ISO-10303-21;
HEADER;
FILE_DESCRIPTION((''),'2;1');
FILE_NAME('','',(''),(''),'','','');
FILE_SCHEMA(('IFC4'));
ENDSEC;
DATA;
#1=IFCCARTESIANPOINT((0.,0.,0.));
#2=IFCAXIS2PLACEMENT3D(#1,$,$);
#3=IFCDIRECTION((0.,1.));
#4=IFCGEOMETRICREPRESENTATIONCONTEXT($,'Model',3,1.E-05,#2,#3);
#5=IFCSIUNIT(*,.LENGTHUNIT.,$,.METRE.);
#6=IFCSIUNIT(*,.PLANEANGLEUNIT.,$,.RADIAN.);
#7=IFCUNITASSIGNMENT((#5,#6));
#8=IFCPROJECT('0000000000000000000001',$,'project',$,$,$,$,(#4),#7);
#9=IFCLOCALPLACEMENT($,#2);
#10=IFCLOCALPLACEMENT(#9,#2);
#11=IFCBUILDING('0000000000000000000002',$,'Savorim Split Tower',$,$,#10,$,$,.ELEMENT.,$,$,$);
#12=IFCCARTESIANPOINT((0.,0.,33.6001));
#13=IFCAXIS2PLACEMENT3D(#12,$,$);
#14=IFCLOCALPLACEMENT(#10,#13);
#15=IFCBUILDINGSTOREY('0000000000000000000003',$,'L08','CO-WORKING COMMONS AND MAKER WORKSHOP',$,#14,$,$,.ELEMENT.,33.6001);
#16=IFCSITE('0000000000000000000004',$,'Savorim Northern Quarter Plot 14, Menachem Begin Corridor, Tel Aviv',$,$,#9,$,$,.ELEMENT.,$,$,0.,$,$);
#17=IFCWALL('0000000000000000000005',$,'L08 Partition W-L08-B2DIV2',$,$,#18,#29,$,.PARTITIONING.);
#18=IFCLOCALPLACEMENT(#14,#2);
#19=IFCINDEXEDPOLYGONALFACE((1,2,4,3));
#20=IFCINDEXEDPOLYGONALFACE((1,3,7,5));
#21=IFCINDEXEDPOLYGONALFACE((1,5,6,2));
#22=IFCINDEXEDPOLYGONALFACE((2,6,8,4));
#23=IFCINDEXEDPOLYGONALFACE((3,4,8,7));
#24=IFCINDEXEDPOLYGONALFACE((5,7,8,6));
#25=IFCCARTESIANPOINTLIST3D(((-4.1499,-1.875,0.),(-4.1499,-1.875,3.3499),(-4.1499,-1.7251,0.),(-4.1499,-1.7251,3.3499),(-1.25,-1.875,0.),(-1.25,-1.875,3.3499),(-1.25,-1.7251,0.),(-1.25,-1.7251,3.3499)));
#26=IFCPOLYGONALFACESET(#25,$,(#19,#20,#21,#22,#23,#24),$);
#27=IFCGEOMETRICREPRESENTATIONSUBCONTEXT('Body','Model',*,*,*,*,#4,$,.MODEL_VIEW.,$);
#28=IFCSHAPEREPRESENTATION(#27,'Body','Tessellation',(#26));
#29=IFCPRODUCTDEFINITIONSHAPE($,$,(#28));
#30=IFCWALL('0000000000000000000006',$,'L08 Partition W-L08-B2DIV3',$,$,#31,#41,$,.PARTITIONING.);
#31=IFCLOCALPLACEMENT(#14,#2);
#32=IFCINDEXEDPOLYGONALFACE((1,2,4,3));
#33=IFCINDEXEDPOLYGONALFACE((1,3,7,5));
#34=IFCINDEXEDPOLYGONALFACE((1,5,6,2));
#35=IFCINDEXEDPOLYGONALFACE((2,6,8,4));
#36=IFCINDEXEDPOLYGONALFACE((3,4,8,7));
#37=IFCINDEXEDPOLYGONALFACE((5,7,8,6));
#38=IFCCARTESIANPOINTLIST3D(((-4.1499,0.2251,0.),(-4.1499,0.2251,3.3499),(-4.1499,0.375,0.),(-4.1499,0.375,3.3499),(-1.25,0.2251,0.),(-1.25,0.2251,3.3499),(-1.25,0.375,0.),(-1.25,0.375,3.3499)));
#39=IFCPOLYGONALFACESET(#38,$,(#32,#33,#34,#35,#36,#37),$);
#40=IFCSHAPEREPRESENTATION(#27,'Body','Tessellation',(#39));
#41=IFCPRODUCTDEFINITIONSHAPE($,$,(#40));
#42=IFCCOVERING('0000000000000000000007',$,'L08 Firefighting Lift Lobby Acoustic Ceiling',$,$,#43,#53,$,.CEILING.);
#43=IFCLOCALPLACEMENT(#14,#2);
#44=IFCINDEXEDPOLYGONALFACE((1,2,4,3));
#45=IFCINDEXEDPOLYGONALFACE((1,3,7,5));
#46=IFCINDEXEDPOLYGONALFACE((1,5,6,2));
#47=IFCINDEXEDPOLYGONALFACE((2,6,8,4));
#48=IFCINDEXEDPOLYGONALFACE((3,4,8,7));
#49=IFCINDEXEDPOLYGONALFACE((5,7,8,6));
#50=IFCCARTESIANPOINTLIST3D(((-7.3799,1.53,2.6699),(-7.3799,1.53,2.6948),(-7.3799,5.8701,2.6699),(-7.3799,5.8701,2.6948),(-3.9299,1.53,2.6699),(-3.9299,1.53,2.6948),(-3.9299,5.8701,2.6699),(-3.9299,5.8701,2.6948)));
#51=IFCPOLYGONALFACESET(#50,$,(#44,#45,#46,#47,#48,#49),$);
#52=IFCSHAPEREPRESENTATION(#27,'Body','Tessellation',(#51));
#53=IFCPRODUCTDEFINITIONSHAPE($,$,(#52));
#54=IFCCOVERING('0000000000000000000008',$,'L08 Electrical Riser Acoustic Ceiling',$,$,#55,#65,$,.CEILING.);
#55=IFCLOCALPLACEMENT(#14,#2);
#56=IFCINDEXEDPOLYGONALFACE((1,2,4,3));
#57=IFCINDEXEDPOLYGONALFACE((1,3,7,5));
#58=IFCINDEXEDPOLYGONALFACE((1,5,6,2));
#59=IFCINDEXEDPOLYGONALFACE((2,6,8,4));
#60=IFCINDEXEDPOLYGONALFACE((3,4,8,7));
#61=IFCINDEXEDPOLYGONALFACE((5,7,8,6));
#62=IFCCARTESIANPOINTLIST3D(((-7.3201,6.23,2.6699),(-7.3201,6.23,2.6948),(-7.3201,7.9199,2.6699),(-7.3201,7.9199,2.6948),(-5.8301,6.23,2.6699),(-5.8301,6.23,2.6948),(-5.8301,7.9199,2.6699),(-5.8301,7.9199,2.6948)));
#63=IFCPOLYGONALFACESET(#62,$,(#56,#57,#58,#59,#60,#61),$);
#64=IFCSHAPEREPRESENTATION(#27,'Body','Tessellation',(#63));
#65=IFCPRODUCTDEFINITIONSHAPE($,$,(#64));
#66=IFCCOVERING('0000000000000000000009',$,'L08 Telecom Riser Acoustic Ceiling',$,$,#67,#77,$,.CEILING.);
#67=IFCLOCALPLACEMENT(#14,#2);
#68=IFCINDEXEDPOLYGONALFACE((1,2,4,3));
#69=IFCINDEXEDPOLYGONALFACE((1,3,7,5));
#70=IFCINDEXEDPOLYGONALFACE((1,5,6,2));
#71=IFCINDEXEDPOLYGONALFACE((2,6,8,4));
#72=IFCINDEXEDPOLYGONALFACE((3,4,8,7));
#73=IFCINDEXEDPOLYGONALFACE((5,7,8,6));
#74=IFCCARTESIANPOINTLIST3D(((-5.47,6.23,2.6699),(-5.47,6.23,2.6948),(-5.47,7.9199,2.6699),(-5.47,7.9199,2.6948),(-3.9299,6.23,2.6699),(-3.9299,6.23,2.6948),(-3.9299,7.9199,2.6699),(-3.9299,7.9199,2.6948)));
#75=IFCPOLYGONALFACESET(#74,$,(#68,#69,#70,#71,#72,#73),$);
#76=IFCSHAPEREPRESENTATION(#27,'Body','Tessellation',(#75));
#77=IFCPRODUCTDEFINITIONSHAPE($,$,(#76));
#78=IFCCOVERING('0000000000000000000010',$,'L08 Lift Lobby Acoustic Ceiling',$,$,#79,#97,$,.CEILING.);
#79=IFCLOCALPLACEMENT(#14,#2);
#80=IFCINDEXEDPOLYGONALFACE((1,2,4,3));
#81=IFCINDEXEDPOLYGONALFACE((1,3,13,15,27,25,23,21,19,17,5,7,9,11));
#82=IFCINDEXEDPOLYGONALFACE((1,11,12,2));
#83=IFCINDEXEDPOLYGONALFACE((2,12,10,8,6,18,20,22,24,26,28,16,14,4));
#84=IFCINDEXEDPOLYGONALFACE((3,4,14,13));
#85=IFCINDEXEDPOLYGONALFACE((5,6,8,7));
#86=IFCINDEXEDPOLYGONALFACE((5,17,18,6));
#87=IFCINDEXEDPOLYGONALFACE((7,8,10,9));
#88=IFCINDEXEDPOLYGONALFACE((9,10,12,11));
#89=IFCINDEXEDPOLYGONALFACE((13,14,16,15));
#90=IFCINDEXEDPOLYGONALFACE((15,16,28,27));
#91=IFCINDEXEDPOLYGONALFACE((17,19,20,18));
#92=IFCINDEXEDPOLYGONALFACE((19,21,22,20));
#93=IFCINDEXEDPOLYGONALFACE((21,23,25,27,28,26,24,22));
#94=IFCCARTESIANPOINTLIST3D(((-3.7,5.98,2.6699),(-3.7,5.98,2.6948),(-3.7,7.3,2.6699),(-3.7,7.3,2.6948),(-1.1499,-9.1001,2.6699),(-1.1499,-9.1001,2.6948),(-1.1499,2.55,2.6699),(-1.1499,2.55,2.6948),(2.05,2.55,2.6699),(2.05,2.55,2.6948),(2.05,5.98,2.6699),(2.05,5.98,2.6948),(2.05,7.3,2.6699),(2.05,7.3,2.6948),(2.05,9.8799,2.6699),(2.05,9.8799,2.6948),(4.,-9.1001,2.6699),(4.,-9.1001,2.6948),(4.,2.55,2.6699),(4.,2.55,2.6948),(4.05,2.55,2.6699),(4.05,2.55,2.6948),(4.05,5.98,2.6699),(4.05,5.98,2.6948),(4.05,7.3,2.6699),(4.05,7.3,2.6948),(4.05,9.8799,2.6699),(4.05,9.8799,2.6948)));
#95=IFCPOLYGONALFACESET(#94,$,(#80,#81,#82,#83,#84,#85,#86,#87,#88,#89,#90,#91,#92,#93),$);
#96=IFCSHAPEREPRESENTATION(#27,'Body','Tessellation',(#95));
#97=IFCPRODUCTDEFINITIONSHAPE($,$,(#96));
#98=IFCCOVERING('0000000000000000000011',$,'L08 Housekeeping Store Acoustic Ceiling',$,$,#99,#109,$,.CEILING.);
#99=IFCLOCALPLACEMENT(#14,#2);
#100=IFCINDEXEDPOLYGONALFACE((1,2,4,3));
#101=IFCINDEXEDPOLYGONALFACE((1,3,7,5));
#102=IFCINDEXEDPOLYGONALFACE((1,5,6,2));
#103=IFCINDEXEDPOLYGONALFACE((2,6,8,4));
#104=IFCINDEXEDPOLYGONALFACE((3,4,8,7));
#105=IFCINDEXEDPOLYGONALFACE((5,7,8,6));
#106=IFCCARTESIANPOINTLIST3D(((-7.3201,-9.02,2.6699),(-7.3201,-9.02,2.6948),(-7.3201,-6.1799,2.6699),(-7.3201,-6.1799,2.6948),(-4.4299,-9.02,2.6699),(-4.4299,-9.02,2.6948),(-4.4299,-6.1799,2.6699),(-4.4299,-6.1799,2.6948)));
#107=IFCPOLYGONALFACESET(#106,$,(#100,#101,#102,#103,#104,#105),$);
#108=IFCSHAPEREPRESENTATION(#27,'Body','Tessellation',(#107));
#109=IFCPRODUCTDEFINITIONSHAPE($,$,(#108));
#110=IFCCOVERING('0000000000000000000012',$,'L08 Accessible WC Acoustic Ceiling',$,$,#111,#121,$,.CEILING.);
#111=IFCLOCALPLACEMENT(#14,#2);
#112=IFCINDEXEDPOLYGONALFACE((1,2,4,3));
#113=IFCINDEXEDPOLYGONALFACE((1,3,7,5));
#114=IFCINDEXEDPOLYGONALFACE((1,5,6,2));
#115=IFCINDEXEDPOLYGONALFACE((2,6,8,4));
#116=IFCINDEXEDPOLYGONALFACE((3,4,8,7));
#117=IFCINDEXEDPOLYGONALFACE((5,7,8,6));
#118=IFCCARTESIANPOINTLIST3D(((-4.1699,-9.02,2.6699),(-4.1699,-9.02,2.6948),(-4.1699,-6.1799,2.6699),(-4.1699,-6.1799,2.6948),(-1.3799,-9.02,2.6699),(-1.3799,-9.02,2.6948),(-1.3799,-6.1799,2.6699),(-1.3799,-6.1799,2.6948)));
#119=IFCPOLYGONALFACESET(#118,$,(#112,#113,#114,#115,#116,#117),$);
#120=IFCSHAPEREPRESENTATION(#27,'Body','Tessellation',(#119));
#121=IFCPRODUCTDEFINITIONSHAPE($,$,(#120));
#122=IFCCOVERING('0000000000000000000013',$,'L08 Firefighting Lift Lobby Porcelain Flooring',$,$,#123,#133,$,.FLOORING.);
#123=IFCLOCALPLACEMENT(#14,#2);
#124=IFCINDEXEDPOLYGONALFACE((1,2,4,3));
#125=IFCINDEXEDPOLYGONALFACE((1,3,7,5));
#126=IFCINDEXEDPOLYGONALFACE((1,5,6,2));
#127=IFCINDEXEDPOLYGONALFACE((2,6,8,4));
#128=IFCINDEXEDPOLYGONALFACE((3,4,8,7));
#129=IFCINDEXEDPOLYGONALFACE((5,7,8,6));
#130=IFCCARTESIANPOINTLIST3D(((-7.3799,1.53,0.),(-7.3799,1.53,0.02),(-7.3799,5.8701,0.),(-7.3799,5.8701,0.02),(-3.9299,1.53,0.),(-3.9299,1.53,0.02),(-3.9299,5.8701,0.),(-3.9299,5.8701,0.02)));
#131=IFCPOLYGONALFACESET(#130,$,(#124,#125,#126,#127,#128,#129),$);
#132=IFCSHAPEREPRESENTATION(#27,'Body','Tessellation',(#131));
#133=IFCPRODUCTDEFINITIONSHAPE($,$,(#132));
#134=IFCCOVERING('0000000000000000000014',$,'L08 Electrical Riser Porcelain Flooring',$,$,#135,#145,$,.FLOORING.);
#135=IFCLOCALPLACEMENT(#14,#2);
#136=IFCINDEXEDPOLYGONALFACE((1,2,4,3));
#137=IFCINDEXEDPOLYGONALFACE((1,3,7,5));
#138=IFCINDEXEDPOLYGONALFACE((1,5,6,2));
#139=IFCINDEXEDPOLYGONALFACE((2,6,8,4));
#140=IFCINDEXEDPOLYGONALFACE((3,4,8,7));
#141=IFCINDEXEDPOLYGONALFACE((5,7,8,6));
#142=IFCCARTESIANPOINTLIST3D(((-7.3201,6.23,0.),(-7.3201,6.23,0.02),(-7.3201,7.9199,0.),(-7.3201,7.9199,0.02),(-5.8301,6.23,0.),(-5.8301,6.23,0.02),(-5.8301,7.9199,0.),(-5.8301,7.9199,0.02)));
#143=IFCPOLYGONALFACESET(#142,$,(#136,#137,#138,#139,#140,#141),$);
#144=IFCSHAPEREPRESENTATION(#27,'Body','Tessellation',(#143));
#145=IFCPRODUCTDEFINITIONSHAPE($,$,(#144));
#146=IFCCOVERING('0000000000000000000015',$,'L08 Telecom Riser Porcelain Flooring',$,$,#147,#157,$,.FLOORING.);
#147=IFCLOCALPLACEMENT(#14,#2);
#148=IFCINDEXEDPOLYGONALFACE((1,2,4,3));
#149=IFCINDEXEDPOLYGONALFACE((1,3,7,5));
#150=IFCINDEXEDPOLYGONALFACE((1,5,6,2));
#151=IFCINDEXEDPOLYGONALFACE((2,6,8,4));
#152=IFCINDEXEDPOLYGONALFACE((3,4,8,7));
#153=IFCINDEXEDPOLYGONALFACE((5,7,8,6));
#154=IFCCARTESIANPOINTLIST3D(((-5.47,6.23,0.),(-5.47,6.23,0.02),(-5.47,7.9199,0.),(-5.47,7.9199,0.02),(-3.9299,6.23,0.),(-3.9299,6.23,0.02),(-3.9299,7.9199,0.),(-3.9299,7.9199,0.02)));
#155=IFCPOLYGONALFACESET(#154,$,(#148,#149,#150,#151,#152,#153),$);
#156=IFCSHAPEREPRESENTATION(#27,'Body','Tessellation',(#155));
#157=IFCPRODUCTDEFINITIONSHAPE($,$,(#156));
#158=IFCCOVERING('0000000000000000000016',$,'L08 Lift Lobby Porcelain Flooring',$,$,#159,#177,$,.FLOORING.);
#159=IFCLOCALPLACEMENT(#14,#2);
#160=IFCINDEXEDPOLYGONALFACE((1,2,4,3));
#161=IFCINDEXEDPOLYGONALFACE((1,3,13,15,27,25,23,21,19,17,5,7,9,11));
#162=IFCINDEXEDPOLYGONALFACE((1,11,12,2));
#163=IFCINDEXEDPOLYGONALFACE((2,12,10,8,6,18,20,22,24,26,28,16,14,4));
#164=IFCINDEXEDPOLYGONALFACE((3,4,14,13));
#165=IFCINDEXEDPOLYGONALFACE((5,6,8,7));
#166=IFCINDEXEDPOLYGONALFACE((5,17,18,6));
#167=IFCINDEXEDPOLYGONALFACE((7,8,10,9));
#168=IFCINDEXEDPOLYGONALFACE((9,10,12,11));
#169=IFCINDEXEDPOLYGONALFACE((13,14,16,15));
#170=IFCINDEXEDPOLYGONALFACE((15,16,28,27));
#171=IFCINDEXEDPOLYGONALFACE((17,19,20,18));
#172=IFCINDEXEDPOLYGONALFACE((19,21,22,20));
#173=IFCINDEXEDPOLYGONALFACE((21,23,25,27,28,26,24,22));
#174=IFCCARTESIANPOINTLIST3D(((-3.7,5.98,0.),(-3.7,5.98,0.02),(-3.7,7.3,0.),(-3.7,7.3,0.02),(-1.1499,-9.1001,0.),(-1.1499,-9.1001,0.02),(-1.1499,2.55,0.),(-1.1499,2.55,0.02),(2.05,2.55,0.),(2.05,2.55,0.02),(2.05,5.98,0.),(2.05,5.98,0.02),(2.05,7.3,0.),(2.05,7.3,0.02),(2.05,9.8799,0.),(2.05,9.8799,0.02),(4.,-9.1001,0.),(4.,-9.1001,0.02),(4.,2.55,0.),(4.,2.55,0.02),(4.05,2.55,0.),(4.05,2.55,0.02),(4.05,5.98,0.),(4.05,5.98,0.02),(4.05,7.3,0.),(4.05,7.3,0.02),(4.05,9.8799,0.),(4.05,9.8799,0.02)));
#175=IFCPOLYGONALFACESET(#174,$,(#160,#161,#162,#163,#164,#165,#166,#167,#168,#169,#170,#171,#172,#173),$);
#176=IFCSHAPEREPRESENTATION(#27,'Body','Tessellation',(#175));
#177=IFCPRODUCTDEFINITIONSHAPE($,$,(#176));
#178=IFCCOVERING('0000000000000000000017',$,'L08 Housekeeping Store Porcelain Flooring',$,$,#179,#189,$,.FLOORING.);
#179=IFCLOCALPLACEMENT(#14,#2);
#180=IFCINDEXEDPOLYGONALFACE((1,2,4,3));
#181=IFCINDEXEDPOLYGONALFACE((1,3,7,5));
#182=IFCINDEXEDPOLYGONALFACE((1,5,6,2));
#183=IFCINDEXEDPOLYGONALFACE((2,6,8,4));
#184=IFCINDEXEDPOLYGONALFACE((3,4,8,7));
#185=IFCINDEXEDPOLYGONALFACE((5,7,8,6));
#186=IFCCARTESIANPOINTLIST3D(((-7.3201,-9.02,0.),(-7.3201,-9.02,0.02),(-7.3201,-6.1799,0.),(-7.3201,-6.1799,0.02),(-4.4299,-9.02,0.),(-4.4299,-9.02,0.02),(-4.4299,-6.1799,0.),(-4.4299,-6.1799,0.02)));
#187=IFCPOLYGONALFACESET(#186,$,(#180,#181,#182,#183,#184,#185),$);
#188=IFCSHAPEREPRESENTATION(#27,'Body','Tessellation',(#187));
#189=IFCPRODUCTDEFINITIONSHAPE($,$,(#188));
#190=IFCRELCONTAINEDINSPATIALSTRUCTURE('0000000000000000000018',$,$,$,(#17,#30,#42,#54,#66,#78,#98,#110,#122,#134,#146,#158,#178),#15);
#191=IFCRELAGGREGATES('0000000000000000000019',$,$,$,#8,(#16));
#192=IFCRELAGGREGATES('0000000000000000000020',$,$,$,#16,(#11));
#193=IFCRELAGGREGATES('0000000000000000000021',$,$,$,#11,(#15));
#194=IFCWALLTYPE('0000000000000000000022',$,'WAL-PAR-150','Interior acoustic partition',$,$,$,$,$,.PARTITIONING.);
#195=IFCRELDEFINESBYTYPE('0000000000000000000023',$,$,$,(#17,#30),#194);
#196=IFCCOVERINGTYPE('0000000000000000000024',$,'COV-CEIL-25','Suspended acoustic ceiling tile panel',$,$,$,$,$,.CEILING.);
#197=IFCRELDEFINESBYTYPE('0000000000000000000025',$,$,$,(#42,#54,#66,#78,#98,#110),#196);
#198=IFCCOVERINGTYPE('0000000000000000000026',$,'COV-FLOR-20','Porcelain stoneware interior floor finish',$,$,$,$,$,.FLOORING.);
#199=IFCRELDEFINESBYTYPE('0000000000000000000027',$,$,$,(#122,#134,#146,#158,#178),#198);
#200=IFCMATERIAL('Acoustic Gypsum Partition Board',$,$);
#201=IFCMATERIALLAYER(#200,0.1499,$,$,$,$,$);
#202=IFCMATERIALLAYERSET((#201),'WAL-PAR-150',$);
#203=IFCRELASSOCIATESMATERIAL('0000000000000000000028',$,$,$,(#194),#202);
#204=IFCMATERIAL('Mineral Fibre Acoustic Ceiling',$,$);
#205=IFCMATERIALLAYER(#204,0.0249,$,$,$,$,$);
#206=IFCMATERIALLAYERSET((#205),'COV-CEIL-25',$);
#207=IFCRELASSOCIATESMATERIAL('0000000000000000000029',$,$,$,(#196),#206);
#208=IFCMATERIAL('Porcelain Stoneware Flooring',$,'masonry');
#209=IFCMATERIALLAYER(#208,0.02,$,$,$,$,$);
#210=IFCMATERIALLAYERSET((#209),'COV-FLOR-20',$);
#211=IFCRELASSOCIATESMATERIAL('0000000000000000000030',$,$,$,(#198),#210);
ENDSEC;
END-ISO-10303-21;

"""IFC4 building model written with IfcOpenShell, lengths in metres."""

from ifc_helpers import new_model, si_unit, direction, frame, frame_2d, origin, place, context, subcontext, project, spatial, polyline, rectangle, outline, extrude, material, layer, layer_set, type_object, element, save


model = new_model("IFC4")

# Units and contexts
model_context = context("Model", 3, precision=1e-05, world=origin(), true_north=direction((0.0, 1.0)))
body_context = subcontext(model_context, "Body", "Model", "MODEL_VIEW")
ifc_project = project(units=[si_unit("LENGTHUNIT", "METRE"), si_unit("PLANEANGLEUNIT", "RADIAN")], contexts=[model_context])

# Site, building, storey
site_placement = place(None, origin())
site = spatial("IfcSite", under=ifc_project, at=site_placement, Name="Savorim Northern Quarter Plot 14, Menachem Begin Corridor, Tel Aviv", CompositionType="ELEMENT", RefElevation=0.0)
building_placement = place(site_placement, origin())
building = spatial("IfcBuilding", under=site, at=building_placement, Name="Savorim Split Tower", CompositionType="ELEMENT")
storey_placement = place(building_placement, frame((0.0, 0.0, 33.6001)))
storey = spatial("IfcBuildingStorey", under=building, at=storey_placement, Name="L08", Description="CO-WORKING COMMONS AND MAKER WORKSHOP", CompositionType="ELEMENT", Elevation=33.6001)

# Walls
ifc_material_1 = material(Name="Acoustic Gypsum Partition Board")
ifc_layer_1 = layer(ifc_material_1, 0.1499)
ifc_layer_set_1 = layer_set([ifc_layer_1], Name="WAL-PAR-150")
wall_type_1 = type_object("IfcWallType", Name="WAL-PAR-150", Description="Interior acoustic partition", PredefinedType="PARTITIONING", material=ifc_layer_set_1)
for number, where, z_axis, x_axis, name in (
    (1, (-4.1499, -1.8, 0.0), (0.0, 0.0, 1.0), (1.0, 0.0, 0.0), "L08 Partition W-L08-B2DIV2"),
    (2, (-4.1499, 0.3, 0.0), (0.0, 0.0, 1.0), (1.0, 0.0, 0.0), "L08 Partition W-L08-B2DIV3"),
):
    element("IfcWall", number, at=place(storey_placement, frame(where, z_axis=z_axis, x_axis=x_axis)), inside=storey, type_object=wall_type_1, Name=name, PredefinedType="PARTITIONING", context=body_context, shape_type="SweptSolid", body=[
        extrude(rectangle(XDim=2.8999, YDim=0.1499, at=frame_2d((1.45, 0.0))), origin(), (0.0, 0.0, 1.0), 3.3499),
    ])

# Coverings
ifc_material_2 = material(Name="Mineral Fibre Acoustic Ceiling")
ifc_layer_2 = layer(ifc_material_2, 0.0249)
ifc_layer_set_2 = layer_set([ifc_layer_2], Name="COV-CEIL-25")
covering_type_1 = type_object("IfcCoveringType", Name="COV-CEIL-25", Description="Suspended acoustic ceiling tile panel", PredefinedType="CEILING", material=ifc_layer_set_2)
covering_1_placement = place(storey_placement, frame((0.0, 0.0, 2.6699)))
element("IfcCovering", 3, at=covering_1_placement, inside=storey, type_object=covering_type_1, Name="L08 Firefighting Lift Lobby Acoustic Ceiling", PredefinedType="CEILING", context=body_context, shape_type="SweptSolid", body=[
    extrude(outline(polyline([(-7.3799, 5.8701), (-7.3799, 1.53), (-3.9299, 1.53), (-3.9299, 5.8701), (-7.3799, 5.8701)])), origin(), (0.0, 0.0, 1.0), 0.0249),
])
covering_2_placement = place(storey_placement, frame((0.0, 0.0, 2.6699)))
element("IfcCovering", 4, at=covering_2_placement, inside=storey, type_object=covering_type_1, Name="L08 Electrical Riser Acoustic Ceiling", PredefinedType="CEILING", context=body_context, shape_type="SweptSolid", body=[
    extrude(outline(polyline([(-7.3201, 7.9199), (-7.3201, 6.23), (-5.8301, 6.23), (-5.8301, 7.9199), (-7.3201, 7.9199)])), origin(), (0.0, 0.0, 1.0), 0.0249),
])
covering_3_placement = place(storey_placement, frame((0.0, 0.0, 2.6699)))
element("IfcCovering", 5, at=covering_3_placement, inside=storey, type_object=covering_type_1, Name="L08 Telecom Riser Acoustic Ceiling", PredefinedType="CEILING", context=body_context, shape_type="SweptSolid", body=[
    extrude(outline(polyline([(-5.47, 7.9199), (-5.47, 6.23), (-3.9299, 6.23), (-3.9299, 7.9199), (-5.47, 7.9199)])), origin(), (0.0, 0.0, 1.0), 0.0249),
])
covering_4_placement = place(storey_placement, frame((0.0, 0.0, 2.6699)))
element("IfcCovering", 6, at=covering_4_placement, inside=storey, type_object=covering_type_1, Name="L08 Lift Lobby Acoustic Ceiling", PredefinedType="CEILING", context=body_context, shape_type="SweptSolid", body=[
    extrude(outline(polyline([(2.05, 2.55), (-1.1499, 2.55), (-1.1499, -9.1001), (4.0, -9.1001), (4.0, 2.55), (4.05, 2.55), (4.05, 5.98), (4.05, 7.3), (4.05, 9.8799), (2.05, 9.8799), (2.05, 7.3), (-3.7, 7.3), (-3.7, 5.98), (2.05, 5.98), (2.05, 2.55)])), origin(), (0.0, 0.0, 1.0), 0.0249),
])
covering_5_placement = place(storey_placement, frame((0.0, 0.0, 2.6699)))
element("IfcCovering", 7, at=covering_5_placement, inside=storey, type_object=covering_type_1, Name="L08 Housekeeping Store Acoustic Ceiling", PredefinedType="CEILING", context=body_context, shape_type="SweptSolid", body=[
    extrude(outline(polyline([(-7.3201, -6.1799), (-7.3201, -9.02), (-4.4299, -9.02), (-4.4299, -6.1799), (-7.3201, -6.1799)])), origin(), (0.0, 0.0, 1.0), 0.0249),
])
covering_6_placement = place(storey_placement, frame((0.0, 0.0, 2.6699)))
element("IfcCovering", 8, at=covering_6_placement, inside=storey, type_object=covering_type_1, Name="L08 Accessible WC Acoustic Ceiling", PredefinedType="CEILING", context=body_context, shape_type="SweptSolid", body=[
    extrude(outline(polyline([(-4.1699, -6.1799), (-4.1699, -9.02), (-1.3799, -9.02), (-1.3799, -6.1799), (-4.1699, -6.1799)])), origin(), (0.0, 0.0, 1.0), 0.0249),
])
ifc_material_3 = material(Name="Porcelain Stoneware Flooring", Category="masonry")
ifc_layer_3 = layer(ifc_material_3, 0.02)
ifc_layer_set_3 = layer_set([ifc_layer_3], Name="COV-FLOR-20")
covering_type_2 = type_object("IfcCoveringType", Name="COV-FLOR-20", Description="Porcelain stoneware interior floor finish", PredefinedType="FLOORING", material=ifc_layer_set_3)
covering_7_placement = place(storey_placement, origin())
element("IfcCovering", 9, at=covering_7_placement, inside=storey, type_object=covering_type_2, Name="L08 Firefighting Lift Lobby Porcelain Flooring", PredefinedType="FLOORING", context=body_context, shape_type="SweptSolid", body=[
    extrude(outline(polyline([(-7.3799, 5.8701), (-7.3799, 1.53), (-3.9299, 1.53), (-3.9299, 5.8701), (-7.3799, 5.8701)])), origin(), (0.0, 0.0, 1.0), 0.02),
])
covering_8_placement = place(storey_placement, origin())
element("IfcCovering", 10, at=covering_8_placement, inside=storey, type_object=covering_type_2, Name="L08 Electrical Riser Porcelain Flooring", PredefinedType="FLOORING", context=body_context, shape_type="SweptSolid", body=[
    extrude(outline(polyline([(-7.3201, 7.9199), (-7.3201, 6.23), (-5.8301, 6.23), (-5.8301, 7.9199), (-7.3201, 7.9199)])), origin(), (0.0, 0.0, 1.0), 0.02),
])
covering_9_placement = place(storey_placement, origin())
element("IfcCovering", 11, at=covering_9_placement, inside=storey, type_object=covering_type_2, Name="L08 Telecom Riser Porcelain Flooring", PredefinedType="FLOORING", context=body_context, shape_type="SweptSolid", body=[
    extrude(outline(polyline([(-5.47, 7.9199), (-5.47, 6.23), (-3.9299, 6.23), (-3.9299, 7.9199), (-5.47, 7.9199)])), origin(), (0.0, 0.0, 1.0), 0.02),
])
covering_10_placement = place(storey_placement, origin())
element("IfcCovering", 12, at=covering_10_placement, inside=storey, type_object=covering_type_2, Name="L08 Lift Lobby Porcelain Flooring", PredefinedType="FLOORING", context=body_context, shape_type="SweptSolid", body=[
    extrude(outline(polyline([(2.05, 2.55), (-1.1499, 2.55), (-1.1499, -9.1001), (4.0, -9.1001), (4.0, 2.55), (4.05, 2.55), (4.05, 5.98), (4.05, 7.3), (4.05, 9.8799), (2.05, 9.8799), (2.05, 7.3), (-3.7, 7.3), (-3.7, 5.98), (2.05, 5.98), (2.05, 2.55)])), origin(), (0.0, 0.0, 1.0), 0.02),
])
covering_11_placement = place(storey_placement, origin())
element("IfcCovering", 13, at=covering_11_placement, inside=storey, type_object=covering_type_2, Name="L08 Housekeeping Store Porcelain Flooring", PredefinedType="FLOORING", context=body_context, shape_type="SweptSolid", body=[
    extrude(outline(polyline([(-7.3201, -6.1799), (-7.3201, -9.02), (-4.4299, -9.02), (-4.4299, -6.1799), (-7.3201, -6.1799)])), origin(), (0.0, 0.0, 1.0), 0.02),
])

save(model, "model.ifc")
